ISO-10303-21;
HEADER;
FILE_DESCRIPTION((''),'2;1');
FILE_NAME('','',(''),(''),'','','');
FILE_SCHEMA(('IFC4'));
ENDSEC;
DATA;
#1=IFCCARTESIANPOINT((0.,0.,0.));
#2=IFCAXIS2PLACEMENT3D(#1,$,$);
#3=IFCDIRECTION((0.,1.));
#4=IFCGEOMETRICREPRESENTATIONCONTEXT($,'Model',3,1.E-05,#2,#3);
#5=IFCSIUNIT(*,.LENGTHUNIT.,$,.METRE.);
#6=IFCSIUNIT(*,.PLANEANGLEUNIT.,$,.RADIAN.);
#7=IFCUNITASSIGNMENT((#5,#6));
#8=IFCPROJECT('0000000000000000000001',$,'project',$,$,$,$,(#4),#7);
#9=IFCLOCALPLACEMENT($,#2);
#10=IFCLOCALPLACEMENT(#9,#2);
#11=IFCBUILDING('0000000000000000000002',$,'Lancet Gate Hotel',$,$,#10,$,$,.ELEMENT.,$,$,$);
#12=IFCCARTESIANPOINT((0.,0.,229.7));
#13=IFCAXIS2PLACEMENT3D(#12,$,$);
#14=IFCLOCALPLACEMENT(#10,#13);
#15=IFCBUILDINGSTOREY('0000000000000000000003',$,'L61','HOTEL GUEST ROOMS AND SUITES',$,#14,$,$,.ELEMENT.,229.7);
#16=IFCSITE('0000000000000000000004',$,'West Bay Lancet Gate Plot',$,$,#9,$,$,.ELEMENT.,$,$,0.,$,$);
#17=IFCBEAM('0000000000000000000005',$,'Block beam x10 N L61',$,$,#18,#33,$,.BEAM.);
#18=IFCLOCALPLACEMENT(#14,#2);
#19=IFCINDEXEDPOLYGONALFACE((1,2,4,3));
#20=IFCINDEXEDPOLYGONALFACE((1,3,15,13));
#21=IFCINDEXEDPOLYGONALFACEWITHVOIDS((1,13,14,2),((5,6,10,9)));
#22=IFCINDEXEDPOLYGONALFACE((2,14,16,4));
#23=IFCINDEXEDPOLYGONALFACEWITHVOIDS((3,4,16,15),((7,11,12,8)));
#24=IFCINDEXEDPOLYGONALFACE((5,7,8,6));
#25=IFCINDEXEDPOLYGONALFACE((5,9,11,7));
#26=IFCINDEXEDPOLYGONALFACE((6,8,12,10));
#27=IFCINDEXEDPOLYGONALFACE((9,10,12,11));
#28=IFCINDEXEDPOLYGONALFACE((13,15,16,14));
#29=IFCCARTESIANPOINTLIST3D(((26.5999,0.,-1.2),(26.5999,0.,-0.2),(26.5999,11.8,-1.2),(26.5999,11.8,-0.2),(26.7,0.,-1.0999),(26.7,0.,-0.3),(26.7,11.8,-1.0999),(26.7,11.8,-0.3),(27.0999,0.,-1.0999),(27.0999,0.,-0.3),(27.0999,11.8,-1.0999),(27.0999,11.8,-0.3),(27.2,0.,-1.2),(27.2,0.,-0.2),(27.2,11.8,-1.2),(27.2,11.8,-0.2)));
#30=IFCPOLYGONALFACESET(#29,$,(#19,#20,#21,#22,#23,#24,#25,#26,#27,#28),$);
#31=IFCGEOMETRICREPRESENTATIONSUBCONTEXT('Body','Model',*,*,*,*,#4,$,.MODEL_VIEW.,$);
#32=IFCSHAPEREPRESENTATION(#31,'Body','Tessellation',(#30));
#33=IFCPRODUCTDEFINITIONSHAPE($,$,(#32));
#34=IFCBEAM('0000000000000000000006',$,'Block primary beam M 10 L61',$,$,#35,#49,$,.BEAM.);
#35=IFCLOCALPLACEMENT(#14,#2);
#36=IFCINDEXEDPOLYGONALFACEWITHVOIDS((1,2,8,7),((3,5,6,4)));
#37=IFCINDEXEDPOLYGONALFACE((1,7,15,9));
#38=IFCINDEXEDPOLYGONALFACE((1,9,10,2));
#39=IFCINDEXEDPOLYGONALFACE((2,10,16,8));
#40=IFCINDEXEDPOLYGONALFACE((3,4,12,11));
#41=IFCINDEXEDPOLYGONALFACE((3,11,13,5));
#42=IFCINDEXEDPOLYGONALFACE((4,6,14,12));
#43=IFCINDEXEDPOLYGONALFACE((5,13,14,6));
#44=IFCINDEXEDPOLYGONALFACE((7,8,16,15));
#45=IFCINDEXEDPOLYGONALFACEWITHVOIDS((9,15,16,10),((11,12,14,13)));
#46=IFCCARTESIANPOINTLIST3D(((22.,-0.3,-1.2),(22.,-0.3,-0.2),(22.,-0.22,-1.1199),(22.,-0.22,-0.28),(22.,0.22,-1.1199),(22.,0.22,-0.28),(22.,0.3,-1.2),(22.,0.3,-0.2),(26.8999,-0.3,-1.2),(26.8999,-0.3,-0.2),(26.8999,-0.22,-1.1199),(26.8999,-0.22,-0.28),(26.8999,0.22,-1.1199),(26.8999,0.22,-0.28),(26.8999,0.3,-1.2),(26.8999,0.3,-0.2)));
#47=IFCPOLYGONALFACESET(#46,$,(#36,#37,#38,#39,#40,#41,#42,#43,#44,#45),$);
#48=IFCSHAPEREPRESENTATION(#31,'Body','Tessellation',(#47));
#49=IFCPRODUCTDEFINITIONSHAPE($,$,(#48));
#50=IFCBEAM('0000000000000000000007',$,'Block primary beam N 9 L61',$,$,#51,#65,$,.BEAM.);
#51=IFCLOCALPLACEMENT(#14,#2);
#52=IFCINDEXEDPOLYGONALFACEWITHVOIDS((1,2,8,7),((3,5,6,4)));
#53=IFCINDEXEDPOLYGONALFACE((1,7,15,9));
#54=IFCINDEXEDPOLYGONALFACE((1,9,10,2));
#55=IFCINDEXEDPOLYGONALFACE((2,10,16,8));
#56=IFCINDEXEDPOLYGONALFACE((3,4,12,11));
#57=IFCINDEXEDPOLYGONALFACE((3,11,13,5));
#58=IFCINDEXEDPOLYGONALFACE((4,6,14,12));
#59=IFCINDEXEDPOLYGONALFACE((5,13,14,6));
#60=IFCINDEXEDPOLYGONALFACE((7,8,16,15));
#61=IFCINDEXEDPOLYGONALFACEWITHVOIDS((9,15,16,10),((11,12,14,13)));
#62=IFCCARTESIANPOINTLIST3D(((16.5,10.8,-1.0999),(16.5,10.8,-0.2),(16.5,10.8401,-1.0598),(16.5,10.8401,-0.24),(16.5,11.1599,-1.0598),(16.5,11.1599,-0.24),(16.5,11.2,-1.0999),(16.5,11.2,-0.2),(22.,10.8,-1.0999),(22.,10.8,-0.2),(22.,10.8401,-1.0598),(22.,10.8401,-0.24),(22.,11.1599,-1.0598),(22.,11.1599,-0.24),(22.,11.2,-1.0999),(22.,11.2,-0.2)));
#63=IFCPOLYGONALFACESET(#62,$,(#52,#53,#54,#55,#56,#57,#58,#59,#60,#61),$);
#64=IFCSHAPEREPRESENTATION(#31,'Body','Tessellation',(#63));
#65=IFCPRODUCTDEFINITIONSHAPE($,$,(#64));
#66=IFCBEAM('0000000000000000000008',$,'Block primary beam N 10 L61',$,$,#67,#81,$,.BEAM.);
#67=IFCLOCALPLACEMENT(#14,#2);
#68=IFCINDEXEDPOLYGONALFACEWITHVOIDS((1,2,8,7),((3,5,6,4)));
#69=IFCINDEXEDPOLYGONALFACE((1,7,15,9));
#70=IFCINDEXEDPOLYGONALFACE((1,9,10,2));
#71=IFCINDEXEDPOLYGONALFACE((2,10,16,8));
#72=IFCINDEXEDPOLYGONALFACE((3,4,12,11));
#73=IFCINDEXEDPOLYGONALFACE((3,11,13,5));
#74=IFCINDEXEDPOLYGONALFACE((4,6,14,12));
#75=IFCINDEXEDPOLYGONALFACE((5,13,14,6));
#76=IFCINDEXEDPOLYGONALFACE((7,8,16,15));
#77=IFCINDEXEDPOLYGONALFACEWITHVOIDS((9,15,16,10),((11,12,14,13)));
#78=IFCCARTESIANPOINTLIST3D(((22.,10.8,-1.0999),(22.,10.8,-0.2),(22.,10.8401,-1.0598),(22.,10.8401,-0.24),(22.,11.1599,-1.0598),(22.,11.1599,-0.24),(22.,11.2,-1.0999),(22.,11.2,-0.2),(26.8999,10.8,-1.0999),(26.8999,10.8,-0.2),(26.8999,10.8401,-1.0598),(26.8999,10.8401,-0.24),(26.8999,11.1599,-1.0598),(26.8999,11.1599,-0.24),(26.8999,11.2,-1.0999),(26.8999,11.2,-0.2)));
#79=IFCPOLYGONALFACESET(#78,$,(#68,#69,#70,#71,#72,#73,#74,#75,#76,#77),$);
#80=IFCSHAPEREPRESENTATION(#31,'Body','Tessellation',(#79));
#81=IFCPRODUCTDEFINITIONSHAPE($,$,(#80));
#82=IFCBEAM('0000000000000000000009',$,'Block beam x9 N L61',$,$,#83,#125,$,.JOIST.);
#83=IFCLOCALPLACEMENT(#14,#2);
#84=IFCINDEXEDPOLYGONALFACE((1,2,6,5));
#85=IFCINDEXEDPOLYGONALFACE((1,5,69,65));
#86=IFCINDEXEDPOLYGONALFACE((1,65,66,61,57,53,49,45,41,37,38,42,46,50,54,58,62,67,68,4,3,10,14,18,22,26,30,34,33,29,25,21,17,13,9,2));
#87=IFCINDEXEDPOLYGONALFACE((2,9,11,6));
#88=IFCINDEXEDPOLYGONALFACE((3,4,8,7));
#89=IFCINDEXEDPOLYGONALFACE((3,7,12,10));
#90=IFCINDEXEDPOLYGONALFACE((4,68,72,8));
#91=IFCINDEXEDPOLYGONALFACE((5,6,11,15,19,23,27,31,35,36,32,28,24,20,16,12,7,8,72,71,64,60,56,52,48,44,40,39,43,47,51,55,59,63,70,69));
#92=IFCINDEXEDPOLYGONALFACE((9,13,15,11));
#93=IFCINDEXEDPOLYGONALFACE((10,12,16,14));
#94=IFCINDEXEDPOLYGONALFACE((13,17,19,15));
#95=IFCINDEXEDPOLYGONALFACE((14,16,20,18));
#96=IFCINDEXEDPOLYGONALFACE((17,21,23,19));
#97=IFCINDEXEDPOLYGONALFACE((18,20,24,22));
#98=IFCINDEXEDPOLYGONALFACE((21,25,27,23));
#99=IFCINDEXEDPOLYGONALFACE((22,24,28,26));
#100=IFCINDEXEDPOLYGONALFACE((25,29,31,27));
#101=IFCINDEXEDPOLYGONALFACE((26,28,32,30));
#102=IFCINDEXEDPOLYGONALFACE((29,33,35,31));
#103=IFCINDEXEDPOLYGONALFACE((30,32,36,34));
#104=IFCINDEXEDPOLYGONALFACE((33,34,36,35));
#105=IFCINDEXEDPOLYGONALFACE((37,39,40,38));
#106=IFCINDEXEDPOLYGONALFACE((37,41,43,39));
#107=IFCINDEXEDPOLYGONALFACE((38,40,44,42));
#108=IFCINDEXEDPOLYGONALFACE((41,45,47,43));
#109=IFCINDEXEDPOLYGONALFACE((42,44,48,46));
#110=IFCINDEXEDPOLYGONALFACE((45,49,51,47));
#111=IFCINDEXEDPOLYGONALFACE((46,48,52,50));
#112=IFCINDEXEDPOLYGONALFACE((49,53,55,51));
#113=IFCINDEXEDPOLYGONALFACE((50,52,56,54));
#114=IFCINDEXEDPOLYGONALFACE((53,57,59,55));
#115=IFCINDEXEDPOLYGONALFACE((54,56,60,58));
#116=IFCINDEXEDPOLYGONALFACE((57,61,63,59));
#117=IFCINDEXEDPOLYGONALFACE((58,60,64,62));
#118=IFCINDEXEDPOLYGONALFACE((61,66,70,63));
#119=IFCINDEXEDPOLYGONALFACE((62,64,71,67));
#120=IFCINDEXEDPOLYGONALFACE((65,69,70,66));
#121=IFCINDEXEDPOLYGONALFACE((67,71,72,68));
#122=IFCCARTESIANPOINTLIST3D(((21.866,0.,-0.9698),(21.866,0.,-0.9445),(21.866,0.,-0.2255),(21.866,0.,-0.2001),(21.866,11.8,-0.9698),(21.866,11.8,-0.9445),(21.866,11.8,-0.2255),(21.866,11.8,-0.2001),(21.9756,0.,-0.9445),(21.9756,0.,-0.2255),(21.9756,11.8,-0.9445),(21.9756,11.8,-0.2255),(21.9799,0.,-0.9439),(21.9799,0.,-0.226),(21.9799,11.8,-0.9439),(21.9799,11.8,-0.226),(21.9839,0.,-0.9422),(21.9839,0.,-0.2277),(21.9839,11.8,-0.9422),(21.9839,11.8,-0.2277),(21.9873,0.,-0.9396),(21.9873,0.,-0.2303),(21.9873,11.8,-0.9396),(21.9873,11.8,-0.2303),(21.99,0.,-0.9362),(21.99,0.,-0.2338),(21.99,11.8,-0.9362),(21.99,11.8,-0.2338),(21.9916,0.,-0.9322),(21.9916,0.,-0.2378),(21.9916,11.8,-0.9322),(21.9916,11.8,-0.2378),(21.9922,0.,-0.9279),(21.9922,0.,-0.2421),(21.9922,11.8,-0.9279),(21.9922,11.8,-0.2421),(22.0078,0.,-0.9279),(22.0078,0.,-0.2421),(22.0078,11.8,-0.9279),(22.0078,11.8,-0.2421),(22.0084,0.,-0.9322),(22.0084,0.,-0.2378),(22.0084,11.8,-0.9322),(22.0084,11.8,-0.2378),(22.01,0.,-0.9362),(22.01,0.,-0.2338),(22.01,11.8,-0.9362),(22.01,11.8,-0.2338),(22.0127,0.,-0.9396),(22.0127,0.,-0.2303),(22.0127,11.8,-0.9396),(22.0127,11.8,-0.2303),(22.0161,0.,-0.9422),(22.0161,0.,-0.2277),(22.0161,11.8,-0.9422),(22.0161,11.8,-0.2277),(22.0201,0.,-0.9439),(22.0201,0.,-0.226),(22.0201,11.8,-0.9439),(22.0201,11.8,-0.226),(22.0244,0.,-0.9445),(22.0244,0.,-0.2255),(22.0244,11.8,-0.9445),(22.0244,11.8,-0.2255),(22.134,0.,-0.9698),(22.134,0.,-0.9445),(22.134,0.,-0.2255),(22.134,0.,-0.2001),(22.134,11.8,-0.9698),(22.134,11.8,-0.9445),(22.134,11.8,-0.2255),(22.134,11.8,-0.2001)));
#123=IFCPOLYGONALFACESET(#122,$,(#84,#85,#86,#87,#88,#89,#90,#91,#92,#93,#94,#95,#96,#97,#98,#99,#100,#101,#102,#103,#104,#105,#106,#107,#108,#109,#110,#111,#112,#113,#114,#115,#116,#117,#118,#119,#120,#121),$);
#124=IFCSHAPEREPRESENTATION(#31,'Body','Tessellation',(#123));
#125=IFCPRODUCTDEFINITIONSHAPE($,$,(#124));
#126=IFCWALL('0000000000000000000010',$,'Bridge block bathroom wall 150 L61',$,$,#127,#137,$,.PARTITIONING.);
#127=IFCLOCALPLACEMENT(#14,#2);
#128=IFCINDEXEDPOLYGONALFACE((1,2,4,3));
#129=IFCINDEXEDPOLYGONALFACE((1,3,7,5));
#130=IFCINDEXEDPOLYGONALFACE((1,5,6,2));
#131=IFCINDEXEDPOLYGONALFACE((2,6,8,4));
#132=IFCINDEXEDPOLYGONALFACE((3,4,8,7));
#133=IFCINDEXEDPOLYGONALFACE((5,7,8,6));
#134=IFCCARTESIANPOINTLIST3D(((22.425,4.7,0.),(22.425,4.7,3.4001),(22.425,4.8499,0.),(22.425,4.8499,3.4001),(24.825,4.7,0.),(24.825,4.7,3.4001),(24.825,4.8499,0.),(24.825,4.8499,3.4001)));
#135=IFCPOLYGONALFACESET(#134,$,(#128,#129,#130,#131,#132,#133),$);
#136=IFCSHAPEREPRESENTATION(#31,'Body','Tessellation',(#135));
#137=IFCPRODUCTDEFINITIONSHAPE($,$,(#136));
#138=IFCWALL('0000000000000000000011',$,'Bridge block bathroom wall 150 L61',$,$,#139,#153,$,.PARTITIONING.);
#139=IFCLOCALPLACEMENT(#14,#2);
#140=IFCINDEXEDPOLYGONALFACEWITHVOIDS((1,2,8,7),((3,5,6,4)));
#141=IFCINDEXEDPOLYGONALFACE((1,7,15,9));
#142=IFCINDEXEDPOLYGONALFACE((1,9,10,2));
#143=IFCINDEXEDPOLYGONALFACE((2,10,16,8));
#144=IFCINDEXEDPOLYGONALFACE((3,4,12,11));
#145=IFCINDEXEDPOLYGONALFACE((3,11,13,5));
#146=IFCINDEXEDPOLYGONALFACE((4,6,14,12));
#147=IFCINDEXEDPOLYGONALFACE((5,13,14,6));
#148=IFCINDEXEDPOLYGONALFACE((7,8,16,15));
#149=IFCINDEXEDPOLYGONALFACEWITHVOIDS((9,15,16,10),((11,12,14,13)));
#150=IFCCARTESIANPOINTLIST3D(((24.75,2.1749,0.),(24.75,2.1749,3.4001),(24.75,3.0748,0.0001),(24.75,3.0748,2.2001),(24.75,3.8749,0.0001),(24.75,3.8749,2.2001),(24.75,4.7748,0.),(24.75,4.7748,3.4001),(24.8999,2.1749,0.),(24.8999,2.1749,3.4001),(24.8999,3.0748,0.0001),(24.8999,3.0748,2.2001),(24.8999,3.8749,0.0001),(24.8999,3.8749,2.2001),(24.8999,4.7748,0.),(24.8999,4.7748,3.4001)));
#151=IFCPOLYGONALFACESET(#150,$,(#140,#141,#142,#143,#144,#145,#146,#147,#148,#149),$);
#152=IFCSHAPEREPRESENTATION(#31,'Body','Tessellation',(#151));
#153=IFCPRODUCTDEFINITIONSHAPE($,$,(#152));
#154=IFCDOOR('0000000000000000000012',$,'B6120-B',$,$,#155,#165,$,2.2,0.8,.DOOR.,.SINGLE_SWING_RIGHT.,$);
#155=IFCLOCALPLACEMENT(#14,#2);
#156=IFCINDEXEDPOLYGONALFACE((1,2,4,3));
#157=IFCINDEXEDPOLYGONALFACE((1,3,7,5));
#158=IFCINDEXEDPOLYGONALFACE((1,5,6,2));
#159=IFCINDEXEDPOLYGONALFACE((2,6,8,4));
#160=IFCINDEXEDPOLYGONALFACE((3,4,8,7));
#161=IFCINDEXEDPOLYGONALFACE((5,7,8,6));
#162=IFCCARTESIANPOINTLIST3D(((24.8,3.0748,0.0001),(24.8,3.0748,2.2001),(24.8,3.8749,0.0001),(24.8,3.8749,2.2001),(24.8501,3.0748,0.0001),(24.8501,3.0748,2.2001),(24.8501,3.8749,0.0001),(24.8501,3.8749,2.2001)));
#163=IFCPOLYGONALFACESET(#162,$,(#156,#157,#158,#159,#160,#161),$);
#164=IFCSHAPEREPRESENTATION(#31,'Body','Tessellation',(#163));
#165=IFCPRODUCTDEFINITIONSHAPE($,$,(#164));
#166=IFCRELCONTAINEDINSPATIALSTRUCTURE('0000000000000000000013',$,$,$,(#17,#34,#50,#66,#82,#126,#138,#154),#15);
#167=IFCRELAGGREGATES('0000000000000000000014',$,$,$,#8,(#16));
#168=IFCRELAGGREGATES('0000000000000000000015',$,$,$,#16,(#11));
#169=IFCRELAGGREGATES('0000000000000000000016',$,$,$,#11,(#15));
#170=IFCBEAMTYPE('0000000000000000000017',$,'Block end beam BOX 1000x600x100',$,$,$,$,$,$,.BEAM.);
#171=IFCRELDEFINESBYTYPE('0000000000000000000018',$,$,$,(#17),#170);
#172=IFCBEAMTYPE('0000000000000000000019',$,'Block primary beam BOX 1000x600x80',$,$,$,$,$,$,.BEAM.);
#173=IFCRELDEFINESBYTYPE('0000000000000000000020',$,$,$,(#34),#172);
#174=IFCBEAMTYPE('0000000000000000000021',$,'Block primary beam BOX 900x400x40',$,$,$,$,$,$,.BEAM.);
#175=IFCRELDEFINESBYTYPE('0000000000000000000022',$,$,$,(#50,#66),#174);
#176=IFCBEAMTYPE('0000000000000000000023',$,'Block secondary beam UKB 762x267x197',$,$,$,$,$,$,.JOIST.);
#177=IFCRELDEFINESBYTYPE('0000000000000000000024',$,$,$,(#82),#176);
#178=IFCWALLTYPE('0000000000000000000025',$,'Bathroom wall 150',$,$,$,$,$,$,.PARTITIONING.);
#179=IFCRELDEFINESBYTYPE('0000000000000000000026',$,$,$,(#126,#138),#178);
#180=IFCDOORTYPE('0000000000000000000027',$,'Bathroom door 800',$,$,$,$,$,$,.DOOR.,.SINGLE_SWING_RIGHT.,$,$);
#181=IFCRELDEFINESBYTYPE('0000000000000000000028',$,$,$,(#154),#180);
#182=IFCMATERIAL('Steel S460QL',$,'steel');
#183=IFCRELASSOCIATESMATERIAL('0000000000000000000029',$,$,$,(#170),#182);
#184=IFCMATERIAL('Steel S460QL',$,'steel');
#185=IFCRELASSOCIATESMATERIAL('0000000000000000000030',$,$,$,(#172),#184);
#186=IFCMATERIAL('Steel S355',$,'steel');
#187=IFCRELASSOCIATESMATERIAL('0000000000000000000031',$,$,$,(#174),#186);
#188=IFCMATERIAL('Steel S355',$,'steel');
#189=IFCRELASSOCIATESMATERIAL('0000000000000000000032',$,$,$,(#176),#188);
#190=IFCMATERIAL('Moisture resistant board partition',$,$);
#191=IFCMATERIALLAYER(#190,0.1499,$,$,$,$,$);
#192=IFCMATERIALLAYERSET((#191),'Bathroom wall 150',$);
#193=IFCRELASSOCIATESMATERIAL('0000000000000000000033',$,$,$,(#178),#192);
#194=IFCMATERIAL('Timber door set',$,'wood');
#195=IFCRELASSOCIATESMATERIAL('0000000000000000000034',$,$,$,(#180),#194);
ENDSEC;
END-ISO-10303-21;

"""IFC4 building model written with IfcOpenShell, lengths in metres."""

from ifc_helpers import new_model, si_unit, direction, frame, frame_2d, origin, origin_2d, place, context, subcontext, project, spatial, rectangle, hollow_rectangle, i_section, extrude, material, layer, layer_set, material_profile, profile_set, type_object, element, fill, save


model = new_model("IFC4")

# Units and contexts
model_context = context("Model", 3, precision=1e-05, world=origin(), true_north=direction((0.0, 1.0)))
body_context = subcontext(model_context, "Body", "Model", "MODEL_VIEW")
ifc_project = project(units=[si_unit("LENGTHUNIT", "METRE"), si_unit("PLANEANGLEUNIT", "RADIAN")], contexts=[model_context])

# Site, building, storey
site_placement = place(None, origin())
site = spatial("IfcSite", under=ifc_project, at=site_placement, Name="West Bay Lancet Gate Plot", CompositionType="ELEMENT", RefElevation=0.0)
building_placement = place(site_placement, origin())
building = spatial("IfcBuilding", under=site, at=building_placement, Name="Lancet Gate Hotel", CompositionType="ELEMENT")
storey_placement = place(building_placement, frame((0.0, 0.0, 229.7)))
storey = spatial("IfcBuildingStorey", under=building, at=storey_placement, Name="L61", Description="HOTEL GUEST ROOMS AND SUITES", CompositionType="ELEMENT", Elevation=229.7)

# Beams
ifc_material_1 = material(Name="Steel S460QL", Category="steel")
ifc_material_profile_1 = material_profile(ifc_material_1, hollow_rectangle(XDim=0.6001, YDim=1.0, WallThickness=0.1001, at=origin_2d()), Name="BOX 1000x600x100")
ifc_profile_set_1 = profile_set([ifc_material_profile_1], Name="Steel S460QL")
beam_type_1 = type_object("IfcBeamType", Name="Block end beam BOX 1000x600x100", PredefinedType="BEAM", material=ifc_profile_set_1)
beam_1_placement = place(storey_placement, frame((26.8999, 0.0, -0.7), z_axis=(0.0, 1.0, 0.0), x_axis=(-1.0, 0.0, 0.0)))
element("IfcBeam", 1, at=beam_1_placement, inside=storey, type_object=beam_type_1, Name="Block beam x10 N L61", PredefinedType="BEAM", context=body_context, shape_type="SweptSolid", body=[
    extrude(hollow_rectangle(XDim=0.6001, YDim=1.0, WallThickness=0.1001, at=origin_2d()), origin(), (0.0, 0.0, 1.0), 11.8),
])
ifc_material_2 = material(Name="Steel S460QL", Category="steel")
ifc_material_profile_2 = material_profile(ifc_material_2, hollow_rectangle(XDim=0.6001, YDim=1.0, WallThickness=0.0801, at=origin_2d()), Name="BOX 1000x600x80")
ifc_profile_set_2 = profile_set([ifc_material_profile_2], Name="Steel S460QL")
beam_type_2 = type_object("IfcBeamType", Name="Block primary beam BOX 1000x600x80", PredefinedType="BEAM", material=ifc_profile_set_2)
beam_2_placement = place(storey_placement, frame((22.0, 0.0, -0.7), z_axis=(1.0, 0.0, 0.0), x_axis=(0.0, 1.0, 0.0)))
element("IfcBeam", 2, at=beam_2_placement, inside=storey, type_object=beam_type_2, Name="Block primary beam M 10 L61", PredefinedType="BEAM", context=body_context, shape_type="SweptSolid", body=[
    extrude(hollow_rectangle(XDim=0.6001, YDim=1.0, WallThickness=0.0801, at=origin_2d()), origin(), (0.0, 0.0, 1.0), 4.8999),
])
ifc_material_3 = material(Name="Steel S355", Category="steel")
ifc_material_profile_3 = material_profile(ifc_material_3, hollow_rectangle(XDim=0.3999, YDim=0.8999, WallThickness=0.04, at=origin_2d()), Name="BOX 900x400x40")
ifc_profile_set_3 = profile_set([ifc_material_profile_3], Name="Steel S355")
beam_type_3 = type_object("IfcBeamType", Name="Block primary beam BOX 900x400x40", PredefinedType="BEAM", material=ifc_profile_set_3)
beam_3_placement = place(storey_placement, frame((16.5, 11.0, -0.6499), z_axis=(1.0, 0.0, 0.0), x_axis=(0.0, 1.0, 0.0)))
element("IfcBeam", 3, at=beam_3_placement, inside=storey, type_object=beam_type_3, Name="Block primary beam N 9 L61", PredefinedType="BEAM", context=body_context, shape_type="SweptSolid", body=[
    extrude(hollow_rectangle(XDim=0.3999, YDim=0.8999, WallThickness=0.04, at=origin_2d()), origin(), (0.0, 0.0, 1.0), 5.5),
])
beam_4_placement = place(storey_placement, frame((22.0, 11.0, -0.6499), z_axis=(1.0, 0.0, 0.0), x_axis=(0.0, 1.0, 0.0)))
element("IfcBeam", 4, at=beam_4_placement, inside=storey, type_object=beam_type_3, Name="Block primary beam N 10 L61", PredefinedType="BEAM", context=body_context, shape_type="SweptSolid", body=[
    extrude(hollow_rectangle(XDim=0.3999, YDim=0.8999, WallThickness=0.04, at=origin_2d()), origin(), (0.0, 0.0, 1.0), 4.8999),
])
ifc_material_4 = material(Name="Steel S355", Category="steel")
ifc_material_profile_4 = material_profile(ifc_material_4, i_section(OverallWidth=0.2681, OverallDepth=0.7698, WebThickness=0.0156, FlangeThickness=0.0254, FilletRadius=0.0166, at=origin_2d()), Name="UKB 762x267x197")
ifc_profile_set_4 = profile_set([ifc_material_profile_4], Name="Steel S355")
beam_type_4 = type_object("IfcBeamType", Name="Block secondary beam UKB 762x267x197", PredefinedType="JOIST", material=ifc_profile_set_4)
beam_5_placement = place(storey_placement, frame((22.0, 0.0, -0.585), z_axis=(0.0, 1.0, 0.0), x_axis=(-1.0, 0.0, 0.0)))
element("IfcBeam", 5, at=beam_5_placement, inside=storey, type_object=beam_type_4, Name="Block beam x9 N L61", PredefinedType="JOIST", context=body_context, shape_type="SweptSolid", body=[
    extrude(i_section(OverallWidth=0.2681, OverallDepth=0.7698, WebThickness=0.0156, FlangeThickness=0.0254, FilletRadius=0.0166, at=origin_2d()), origin(), (0.0, 0.0, 1.0), 11.8),
])

# Wall
ifc_material_5 = material(Name="Moisture resistant board partition")
ifc_layer_1 = layer(ifc_material_5, 0.1499)
ifc_layer_set_1 = layer_set([ifc_layer_1], Name="Bathroom wall 150")
wall_type_1 = type_object("IfcWallType", Name="Bathroom wall 150", PredefinedType="PARTITIONING", material=ifc_layer_set_1)
wall_1_placement = place(storey_placement, frame((22.425, 4.7749, 0.0), z_axis=(0.0, 0.0, 1.0), x_axis=(1.0, 0.0, 0.0)))
element("IfcWall", 6, at=wall_1_placement, inside=storey, type_object=wall_type_1, Name="Bridge block bathroom wall 150 L61", PredefinedType="PARTITIONING", context=body_context, shape_type="SweptSolid", body=[
    extrude(rectangle(XDim=2.3999, YDim=0.1499, at=frame_2d((1.2, 0.0))), origin(), (0.0, 0.0, 1.0), 3.4001),
])

# Wall, opening, door
wall_2_placement = place(storey_placement, frame((24.825, 2.175, 0.0), z_axis=(0.0, 0.0, 1.0), x_axis=(0.0, 1.0, 0.0)))
wall_2 = element("IfcWall", 7, at=wall_2_placement, inside=storey, type_object=wall_type_1, Name="Bridge block bathroom wall 150 L61", PredefinedType="PARTITIONING", context=body_context, shape_type="SweptSolid", body=[
    extrude(rectangle(XDim=2.5999, YDim=0.1499, at=frame_2d((1.2998, 0.0))), origin(), (0.0, 0.0, 1.0), 3.4001),
])
opening_1_placement = place(wall_2_placement, frame((0.8999, 0.0, 0.0)))
opening_1 = element("IfcOpeningElement", 8, at=opening_1_placement, cuts=wall_2, PredefinedType="OPENING", context=body_context, shape_type="SweptSolid", body=[
    extrude(rectangle(XDim=0.8, YDim=2.2, at=frame_2d((0.3999, 1.1001))), frame((0.0, 0.085, 0.0), z_axis=(0.0, -1.0, 0.0), x_axis=(1.0, 0.0, 0.0)), (0.0, 0.0, 1.0), 0.1699),
])
ifc_material_6 = material(Name="Timber door set", Category="wood")
door_type_1 = type_object("IfcDoorType", Name="Bathroom door 800", OperationType="SINGLE_SWING_RIGHT", PredefinedType="DOOR", material=ifc_material_6)
door_1_placement = place(opening_1_placement, origin())
door_1 = element("IfcDoor", 9, at=door_1_placement, inside=storey, type_object=door_type_1, Name="B6120-B", OperationType="SINGLE_SWING_RIGHT", OverallHeight=2.2, OverallWidth=0.8, PredefinedType="DOOR", context=body_context, shape_type="SweptSolid", body=[
    extrude(rectangle(XDim=0.8, YDim=2.2, at=frame_2d((0.3999, 1.1001))), frame((0.0, 0.0249, 0.0), z_axis=(0.0, -1.0, 0.0), x_axis=(1.0, 0.0, 0.0)), (0.0, 0.0, 1.0), 0.05),
])
fill(opening_1, door_1)

save(model, "model.ifc")
